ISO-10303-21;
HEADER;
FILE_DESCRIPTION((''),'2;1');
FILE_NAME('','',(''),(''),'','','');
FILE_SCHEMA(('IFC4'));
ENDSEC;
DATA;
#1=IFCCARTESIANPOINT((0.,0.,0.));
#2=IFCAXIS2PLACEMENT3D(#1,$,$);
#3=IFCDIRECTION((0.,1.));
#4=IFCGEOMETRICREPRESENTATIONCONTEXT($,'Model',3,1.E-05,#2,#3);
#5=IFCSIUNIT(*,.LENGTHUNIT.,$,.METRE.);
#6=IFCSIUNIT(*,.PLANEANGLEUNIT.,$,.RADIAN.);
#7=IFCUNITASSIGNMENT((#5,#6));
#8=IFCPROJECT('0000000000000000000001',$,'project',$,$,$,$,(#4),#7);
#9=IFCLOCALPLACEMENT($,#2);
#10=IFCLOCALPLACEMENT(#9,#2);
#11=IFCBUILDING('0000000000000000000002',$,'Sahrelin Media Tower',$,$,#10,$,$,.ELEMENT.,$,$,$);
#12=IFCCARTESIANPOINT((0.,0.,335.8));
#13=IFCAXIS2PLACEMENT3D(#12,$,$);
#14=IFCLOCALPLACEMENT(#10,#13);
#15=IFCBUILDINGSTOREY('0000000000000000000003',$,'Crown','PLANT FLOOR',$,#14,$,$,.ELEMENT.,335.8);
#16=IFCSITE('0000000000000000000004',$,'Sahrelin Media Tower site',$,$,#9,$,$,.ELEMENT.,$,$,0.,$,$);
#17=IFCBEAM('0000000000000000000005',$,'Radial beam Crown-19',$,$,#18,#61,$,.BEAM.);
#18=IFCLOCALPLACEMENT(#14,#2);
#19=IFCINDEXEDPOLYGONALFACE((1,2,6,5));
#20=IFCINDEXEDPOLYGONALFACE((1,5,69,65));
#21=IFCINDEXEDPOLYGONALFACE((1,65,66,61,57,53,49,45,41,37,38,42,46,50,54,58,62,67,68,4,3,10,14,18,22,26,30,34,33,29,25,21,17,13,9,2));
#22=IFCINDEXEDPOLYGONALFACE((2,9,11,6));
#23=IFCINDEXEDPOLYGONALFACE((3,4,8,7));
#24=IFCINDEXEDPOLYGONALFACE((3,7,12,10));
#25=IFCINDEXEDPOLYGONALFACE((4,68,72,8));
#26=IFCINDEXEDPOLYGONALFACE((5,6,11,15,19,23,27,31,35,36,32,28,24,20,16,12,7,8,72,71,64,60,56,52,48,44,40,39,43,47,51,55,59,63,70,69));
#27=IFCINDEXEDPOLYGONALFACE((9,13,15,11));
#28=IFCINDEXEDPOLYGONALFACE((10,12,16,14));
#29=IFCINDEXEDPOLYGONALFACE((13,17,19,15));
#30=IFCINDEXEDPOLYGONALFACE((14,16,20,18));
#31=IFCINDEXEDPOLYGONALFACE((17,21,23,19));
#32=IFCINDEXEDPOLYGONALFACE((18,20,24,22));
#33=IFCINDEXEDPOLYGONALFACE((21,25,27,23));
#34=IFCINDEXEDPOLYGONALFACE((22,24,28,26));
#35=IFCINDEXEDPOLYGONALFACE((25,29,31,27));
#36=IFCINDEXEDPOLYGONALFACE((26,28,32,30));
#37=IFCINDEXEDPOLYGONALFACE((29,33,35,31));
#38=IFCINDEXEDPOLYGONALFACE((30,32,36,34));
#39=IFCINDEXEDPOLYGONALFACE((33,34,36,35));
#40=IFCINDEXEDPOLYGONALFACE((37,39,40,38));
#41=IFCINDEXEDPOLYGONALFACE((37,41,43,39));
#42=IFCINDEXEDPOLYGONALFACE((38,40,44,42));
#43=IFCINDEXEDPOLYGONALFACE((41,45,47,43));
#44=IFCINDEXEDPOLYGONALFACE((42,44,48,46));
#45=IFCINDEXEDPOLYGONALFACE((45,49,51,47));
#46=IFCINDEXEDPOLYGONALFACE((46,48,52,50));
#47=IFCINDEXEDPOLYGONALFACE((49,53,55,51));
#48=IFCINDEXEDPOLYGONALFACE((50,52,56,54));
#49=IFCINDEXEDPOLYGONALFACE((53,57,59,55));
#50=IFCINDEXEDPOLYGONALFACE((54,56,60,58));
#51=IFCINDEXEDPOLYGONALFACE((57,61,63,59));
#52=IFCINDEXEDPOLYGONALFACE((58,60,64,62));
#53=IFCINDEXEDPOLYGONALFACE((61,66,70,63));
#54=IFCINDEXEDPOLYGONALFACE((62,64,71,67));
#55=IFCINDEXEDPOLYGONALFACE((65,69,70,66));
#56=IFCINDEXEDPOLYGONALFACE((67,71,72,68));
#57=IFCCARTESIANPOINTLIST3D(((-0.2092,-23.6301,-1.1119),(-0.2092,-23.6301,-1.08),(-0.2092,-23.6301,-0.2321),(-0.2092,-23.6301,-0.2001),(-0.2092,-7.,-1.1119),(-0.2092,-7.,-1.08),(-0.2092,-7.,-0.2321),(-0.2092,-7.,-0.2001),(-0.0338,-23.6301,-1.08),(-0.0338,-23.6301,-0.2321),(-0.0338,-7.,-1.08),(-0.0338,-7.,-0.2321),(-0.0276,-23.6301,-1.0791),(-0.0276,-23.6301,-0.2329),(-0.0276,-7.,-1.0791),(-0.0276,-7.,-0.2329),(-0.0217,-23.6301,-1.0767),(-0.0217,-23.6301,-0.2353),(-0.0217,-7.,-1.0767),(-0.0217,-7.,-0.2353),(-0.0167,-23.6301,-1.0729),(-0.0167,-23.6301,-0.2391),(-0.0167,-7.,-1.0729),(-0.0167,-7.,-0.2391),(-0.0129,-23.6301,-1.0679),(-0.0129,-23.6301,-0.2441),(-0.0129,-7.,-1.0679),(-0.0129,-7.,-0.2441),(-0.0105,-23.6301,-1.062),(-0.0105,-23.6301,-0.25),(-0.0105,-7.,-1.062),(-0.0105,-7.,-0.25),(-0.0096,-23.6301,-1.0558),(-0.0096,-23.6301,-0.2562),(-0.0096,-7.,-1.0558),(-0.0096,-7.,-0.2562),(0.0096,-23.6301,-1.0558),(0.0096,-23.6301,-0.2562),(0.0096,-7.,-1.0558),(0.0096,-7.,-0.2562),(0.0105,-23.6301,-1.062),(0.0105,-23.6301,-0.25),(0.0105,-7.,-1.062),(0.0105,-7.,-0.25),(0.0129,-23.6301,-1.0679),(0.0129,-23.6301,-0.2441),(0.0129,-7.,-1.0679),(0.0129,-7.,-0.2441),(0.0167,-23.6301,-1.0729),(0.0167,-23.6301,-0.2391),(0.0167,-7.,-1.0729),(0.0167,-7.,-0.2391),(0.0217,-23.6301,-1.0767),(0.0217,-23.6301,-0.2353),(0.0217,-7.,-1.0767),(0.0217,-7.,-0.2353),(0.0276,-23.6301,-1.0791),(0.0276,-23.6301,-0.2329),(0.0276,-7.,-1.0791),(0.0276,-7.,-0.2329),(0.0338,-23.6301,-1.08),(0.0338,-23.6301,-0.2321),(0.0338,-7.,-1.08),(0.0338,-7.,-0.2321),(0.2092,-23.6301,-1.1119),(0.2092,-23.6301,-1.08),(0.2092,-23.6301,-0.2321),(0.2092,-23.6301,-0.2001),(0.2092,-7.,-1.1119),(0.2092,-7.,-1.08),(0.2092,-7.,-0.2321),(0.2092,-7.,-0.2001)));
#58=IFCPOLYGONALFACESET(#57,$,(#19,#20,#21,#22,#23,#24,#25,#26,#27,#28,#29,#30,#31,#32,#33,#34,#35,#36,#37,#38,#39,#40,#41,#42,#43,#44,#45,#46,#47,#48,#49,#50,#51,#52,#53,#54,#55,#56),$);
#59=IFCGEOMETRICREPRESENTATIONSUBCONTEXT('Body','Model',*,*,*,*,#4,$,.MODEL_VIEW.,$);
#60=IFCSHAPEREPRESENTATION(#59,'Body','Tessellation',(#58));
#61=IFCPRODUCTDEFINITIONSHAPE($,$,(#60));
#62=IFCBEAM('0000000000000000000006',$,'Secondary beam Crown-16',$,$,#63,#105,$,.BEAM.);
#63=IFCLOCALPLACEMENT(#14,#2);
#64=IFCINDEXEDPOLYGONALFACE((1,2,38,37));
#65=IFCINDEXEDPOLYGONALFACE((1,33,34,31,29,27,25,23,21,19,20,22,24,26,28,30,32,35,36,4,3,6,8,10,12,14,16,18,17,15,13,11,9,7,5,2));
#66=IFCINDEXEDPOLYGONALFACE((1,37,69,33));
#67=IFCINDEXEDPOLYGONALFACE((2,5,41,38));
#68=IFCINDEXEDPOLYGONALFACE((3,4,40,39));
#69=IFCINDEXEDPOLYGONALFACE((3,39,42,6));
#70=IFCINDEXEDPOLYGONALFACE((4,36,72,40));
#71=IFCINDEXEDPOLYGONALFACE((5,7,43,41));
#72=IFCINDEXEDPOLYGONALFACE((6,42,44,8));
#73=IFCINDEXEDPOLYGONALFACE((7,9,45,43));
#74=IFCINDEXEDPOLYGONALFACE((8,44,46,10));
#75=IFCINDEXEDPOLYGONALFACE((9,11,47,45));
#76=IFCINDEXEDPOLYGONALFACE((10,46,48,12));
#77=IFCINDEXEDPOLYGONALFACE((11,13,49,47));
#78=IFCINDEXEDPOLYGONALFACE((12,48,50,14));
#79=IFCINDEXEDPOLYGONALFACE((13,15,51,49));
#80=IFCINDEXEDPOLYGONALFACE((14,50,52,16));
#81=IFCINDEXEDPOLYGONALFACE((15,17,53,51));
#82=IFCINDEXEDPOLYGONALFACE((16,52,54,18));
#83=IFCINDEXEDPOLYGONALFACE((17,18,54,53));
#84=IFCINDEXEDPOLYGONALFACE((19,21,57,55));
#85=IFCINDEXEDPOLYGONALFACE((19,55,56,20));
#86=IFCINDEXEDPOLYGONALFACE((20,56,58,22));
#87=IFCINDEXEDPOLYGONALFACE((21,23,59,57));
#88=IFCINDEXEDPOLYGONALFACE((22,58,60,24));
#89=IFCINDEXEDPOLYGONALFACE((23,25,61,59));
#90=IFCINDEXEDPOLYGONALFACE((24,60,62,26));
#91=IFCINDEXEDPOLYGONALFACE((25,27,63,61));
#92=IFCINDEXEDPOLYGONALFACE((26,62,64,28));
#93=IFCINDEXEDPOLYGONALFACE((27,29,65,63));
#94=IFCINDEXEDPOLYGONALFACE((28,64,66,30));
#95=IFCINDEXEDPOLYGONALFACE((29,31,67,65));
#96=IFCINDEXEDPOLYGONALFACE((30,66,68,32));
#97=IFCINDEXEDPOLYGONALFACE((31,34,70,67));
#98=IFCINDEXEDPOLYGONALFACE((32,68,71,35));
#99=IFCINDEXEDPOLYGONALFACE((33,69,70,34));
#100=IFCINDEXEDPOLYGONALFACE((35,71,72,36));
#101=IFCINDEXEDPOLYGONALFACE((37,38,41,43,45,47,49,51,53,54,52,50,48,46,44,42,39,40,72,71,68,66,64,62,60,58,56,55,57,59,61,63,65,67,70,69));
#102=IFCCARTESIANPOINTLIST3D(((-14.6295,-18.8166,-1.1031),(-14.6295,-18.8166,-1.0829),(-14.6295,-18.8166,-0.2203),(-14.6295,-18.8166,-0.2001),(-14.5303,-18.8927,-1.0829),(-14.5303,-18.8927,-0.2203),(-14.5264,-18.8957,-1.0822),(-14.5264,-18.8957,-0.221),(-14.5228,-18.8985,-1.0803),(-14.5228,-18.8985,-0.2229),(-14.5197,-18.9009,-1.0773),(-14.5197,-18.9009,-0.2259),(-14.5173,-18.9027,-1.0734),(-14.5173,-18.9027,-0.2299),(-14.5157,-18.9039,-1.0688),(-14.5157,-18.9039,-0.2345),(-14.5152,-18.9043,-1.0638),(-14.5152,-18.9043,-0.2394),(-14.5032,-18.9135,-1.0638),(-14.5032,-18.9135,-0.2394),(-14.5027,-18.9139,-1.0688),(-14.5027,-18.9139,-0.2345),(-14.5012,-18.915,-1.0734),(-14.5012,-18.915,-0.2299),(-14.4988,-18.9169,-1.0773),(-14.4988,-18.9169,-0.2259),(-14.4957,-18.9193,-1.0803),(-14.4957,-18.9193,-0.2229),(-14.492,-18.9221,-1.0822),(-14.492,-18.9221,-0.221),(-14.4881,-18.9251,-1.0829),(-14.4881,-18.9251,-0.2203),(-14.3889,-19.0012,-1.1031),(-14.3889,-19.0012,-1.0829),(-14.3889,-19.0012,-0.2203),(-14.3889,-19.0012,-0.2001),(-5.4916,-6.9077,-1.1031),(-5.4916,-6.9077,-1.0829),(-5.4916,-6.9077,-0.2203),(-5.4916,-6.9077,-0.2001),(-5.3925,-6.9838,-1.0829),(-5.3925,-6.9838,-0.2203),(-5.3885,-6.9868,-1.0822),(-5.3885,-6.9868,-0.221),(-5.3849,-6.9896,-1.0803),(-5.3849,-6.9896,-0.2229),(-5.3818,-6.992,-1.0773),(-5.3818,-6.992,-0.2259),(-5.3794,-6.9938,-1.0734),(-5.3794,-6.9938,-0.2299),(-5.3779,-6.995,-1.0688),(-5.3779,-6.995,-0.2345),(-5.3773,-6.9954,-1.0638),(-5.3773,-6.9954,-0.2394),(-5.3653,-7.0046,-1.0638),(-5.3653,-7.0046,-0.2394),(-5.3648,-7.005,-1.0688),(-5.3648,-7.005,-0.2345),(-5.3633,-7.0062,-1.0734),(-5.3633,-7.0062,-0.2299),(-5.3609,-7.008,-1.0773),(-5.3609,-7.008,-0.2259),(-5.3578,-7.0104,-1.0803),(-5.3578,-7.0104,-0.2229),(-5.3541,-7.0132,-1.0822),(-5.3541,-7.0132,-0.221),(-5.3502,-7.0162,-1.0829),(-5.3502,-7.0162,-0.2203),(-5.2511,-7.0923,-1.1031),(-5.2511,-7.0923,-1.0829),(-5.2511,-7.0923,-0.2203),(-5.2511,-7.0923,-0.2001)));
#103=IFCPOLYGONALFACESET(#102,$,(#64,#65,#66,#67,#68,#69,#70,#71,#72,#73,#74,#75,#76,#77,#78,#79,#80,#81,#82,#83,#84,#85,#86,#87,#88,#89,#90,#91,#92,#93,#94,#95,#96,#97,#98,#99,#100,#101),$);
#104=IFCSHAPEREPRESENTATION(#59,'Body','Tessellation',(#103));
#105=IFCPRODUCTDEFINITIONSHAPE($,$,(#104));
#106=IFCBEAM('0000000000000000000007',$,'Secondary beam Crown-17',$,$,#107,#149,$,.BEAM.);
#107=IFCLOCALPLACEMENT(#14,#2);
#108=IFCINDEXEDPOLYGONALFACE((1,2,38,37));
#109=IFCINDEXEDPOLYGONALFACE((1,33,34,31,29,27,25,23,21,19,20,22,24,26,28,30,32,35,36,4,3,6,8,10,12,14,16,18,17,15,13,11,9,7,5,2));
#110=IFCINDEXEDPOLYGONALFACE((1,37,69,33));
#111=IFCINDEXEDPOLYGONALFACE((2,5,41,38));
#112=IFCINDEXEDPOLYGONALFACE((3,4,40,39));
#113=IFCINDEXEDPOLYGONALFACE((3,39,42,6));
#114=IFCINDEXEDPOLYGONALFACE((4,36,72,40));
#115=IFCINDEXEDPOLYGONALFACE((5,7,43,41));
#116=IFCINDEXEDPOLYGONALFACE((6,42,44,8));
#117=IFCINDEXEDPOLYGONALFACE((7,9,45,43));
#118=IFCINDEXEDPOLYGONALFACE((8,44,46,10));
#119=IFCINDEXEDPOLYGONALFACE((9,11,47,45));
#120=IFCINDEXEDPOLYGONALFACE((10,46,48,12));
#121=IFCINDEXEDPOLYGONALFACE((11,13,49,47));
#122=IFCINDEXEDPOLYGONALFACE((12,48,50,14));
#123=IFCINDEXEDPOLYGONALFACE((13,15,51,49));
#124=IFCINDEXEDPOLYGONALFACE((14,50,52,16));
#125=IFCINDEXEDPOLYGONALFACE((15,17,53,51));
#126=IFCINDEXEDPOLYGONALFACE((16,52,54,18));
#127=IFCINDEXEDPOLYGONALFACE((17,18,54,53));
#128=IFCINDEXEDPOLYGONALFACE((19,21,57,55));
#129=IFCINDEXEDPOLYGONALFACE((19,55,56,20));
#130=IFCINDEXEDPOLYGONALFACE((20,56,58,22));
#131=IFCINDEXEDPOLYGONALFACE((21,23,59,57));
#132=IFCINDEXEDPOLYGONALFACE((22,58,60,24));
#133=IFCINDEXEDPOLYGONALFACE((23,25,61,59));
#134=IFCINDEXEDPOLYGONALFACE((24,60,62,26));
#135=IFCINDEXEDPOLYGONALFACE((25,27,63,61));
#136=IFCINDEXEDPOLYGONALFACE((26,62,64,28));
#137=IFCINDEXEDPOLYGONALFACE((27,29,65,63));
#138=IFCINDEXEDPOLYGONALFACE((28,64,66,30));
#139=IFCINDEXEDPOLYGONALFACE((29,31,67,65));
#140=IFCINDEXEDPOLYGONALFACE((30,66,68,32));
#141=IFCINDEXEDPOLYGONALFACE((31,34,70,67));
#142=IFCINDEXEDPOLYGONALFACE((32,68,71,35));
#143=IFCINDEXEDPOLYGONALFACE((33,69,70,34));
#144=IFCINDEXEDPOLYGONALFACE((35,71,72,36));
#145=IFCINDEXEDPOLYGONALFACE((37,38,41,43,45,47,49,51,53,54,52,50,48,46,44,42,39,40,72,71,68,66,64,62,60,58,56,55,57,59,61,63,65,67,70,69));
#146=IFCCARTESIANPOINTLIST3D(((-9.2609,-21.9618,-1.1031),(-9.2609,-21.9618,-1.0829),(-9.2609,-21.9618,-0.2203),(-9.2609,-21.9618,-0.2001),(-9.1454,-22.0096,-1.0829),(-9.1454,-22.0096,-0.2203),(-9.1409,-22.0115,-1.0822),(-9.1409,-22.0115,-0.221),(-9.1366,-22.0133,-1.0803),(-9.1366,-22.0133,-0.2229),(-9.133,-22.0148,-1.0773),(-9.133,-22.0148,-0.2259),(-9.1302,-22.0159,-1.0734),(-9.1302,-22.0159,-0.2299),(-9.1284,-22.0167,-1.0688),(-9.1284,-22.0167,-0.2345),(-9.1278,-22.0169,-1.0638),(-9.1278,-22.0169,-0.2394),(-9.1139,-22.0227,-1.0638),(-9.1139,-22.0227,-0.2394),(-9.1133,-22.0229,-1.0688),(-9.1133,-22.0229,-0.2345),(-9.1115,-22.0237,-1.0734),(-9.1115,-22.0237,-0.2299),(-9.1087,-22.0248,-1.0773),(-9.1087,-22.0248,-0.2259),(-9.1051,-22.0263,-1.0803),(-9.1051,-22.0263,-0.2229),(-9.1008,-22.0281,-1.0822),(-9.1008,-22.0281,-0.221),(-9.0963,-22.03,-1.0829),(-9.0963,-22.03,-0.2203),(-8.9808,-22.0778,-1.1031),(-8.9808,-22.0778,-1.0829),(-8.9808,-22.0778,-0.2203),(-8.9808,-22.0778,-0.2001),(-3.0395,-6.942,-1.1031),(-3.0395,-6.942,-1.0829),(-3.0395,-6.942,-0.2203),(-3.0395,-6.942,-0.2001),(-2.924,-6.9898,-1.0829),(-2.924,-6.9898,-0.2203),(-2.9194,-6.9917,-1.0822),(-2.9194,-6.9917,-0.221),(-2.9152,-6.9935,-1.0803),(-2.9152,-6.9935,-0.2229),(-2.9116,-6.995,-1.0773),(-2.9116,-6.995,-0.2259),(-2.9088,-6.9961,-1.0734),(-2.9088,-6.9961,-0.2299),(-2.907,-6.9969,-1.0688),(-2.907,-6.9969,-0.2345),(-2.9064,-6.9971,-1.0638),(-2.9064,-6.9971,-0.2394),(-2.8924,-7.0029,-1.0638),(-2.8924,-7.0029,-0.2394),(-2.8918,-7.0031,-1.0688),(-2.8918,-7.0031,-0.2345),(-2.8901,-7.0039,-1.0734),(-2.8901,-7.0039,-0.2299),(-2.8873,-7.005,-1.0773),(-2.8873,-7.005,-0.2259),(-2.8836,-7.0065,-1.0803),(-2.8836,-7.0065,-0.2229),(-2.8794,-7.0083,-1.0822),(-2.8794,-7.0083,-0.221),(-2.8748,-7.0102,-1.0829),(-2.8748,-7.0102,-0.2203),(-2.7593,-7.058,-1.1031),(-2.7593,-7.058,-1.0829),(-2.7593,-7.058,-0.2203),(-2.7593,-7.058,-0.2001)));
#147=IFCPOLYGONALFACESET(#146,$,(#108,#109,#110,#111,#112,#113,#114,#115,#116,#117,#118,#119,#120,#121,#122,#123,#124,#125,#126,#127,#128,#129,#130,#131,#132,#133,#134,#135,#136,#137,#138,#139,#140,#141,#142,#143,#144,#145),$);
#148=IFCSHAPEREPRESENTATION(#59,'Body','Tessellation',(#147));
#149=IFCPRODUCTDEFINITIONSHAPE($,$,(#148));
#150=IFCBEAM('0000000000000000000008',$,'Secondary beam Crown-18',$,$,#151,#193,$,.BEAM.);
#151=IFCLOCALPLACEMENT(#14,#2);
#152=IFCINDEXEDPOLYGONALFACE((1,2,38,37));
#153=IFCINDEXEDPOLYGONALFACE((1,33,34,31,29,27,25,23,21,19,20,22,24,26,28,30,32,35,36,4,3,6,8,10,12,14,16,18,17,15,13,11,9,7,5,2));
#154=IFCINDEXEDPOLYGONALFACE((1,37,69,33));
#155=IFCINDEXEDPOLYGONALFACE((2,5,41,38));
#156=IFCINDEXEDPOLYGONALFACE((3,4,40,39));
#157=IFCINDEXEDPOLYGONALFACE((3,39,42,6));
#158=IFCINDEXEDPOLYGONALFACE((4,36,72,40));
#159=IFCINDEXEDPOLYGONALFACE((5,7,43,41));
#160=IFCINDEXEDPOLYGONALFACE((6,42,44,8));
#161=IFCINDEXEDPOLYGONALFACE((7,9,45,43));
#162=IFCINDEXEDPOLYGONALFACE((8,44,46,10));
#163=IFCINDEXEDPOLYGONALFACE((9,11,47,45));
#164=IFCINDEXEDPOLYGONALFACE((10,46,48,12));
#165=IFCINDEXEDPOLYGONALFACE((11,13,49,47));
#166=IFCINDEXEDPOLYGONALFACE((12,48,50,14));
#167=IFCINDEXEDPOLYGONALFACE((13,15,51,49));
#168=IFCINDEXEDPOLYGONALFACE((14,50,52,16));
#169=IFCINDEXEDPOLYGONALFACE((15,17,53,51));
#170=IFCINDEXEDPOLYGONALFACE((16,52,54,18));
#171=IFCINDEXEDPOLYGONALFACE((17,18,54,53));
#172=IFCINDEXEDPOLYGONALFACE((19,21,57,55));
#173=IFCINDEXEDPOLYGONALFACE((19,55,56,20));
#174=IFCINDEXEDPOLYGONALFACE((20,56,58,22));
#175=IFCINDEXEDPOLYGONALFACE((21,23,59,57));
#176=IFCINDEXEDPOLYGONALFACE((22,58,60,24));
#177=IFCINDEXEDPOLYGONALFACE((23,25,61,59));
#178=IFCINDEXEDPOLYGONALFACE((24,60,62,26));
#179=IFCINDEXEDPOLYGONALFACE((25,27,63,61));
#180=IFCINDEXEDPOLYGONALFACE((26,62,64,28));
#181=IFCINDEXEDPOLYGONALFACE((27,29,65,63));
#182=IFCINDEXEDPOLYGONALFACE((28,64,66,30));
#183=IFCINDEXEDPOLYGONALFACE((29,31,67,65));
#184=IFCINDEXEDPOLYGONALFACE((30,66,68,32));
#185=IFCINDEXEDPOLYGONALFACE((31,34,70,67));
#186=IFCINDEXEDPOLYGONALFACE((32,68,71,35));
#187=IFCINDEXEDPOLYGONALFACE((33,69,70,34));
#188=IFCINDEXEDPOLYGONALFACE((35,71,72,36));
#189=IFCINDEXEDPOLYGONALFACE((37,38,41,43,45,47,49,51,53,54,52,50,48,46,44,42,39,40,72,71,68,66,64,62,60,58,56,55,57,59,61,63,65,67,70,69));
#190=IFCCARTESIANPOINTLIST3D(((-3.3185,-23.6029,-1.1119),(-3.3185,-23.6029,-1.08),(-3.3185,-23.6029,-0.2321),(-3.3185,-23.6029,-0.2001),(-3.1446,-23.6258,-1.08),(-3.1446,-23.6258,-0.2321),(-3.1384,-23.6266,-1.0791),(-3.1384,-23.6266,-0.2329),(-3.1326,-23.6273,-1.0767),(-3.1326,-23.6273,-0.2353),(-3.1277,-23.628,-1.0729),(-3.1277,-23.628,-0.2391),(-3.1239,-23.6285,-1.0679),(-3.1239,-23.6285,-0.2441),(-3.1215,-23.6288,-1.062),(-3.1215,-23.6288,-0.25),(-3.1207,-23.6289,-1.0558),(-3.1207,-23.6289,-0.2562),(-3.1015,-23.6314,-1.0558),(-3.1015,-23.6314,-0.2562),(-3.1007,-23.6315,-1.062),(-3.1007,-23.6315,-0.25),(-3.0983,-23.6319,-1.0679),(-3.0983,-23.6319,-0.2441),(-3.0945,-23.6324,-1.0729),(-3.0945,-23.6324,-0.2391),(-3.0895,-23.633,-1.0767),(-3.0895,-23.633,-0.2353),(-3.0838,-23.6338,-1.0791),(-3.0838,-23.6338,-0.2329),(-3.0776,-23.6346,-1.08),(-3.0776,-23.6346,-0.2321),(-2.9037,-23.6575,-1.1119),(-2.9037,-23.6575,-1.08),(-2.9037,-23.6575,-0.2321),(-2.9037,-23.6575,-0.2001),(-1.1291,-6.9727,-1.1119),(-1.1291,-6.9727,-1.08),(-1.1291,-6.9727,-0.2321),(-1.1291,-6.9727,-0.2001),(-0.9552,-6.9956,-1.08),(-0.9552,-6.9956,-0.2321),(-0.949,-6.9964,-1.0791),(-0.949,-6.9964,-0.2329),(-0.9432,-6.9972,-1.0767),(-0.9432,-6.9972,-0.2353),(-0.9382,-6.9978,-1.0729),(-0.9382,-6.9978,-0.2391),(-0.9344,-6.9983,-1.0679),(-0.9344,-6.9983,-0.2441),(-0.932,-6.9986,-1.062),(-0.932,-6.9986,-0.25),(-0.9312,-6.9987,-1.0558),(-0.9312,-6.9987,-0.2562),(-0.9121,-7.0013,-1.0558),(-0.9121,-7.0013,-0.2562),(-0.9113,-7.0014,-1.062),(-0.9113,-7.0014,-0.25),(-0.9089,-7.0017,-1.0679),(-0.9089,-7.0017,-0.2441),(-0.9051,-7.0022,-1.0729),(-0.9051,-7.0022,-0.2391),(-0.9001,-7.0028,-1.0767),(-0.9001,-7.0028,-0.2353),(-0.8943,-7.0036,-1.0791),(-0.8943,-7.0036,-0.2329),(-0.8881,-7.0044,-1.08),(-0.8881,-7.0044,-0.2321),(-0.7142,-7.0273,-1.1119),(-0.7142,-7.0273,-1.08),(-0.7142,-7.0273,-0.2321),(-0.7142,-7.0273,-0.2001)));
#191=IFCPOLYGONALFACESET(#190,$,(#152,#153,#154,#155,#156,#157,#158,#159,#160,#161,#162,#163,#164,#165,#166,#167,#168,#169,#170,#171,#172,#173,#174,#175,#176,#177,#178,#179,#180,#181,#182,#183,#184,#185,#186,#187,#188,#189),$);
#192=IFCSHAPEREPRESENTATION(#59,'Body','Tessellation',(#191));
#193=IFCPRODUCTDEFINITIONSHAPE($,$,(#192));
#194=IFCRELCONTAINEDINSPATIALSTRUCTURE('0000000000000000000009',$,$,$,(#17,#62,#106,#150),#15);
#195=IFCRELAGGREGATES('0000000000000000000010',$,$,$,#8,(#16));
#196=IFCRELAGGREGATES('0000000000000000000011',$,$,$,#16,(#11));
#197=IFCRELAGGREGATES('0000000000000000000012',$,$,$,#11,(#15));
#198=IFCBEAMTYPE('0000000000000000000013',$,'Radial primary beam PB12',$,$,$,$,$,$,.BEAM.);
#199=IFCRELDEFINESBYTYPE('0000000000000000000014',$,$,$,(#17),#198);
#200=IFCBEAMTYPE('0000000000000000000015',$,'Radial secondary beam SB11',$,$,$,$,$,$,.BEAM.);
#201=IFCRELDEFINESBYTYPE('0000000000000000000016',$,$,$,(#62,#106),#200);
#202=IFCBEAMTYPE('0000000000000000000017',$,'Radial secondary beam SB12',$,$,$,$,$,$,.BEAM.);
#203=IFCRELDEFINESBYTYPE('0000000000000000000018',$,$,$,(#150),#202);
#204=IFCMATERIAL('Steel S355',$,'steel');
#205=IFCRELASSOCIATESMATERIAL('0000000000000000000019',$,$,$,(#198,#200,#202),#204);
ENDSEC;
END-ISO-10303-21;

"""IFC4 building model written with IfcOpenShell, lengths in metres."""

from ifc_helpers import new_model, si_unit, direction, frame, origin, origin_2d, place, context, subcontext, project, spatial, i_section, extrude, material, material_profile, profile_set, type_object, element, save


model = new_model("IFC4")

# Units and contexts
model_context = context("Model", 3, precision=1e-05, world=origin(), true_north=direction((0.0, 1.0)))
body_context = subcontext(model_context, "Body", "Model", "MODEL_VIEW")
ifc_project = project(units=[si_unit("LENGTHUNIT", "METRE"), si_unit("PLANEANGLEUNIT", "RADIAN")], contexts=[model_context])

# Site, building, storey
site_placement = place(None, origin())
site = spatial("IfcSite", under=ifc_project, at=site_placement, Name="Sahrelin Media Tower site", CompositionType="ELEMENT", RefElevation=0.0)
building_placement = place(site_placement, origin())
building = spatial("IfcBuilding", under=site, at=building_placement, Name="Sahrelin Media Tower", CompositionType="ELEMENT")
storey_placement = place(building_placement, frame((0.0, 0.0, 335.8)))
storey = spatial("IfcBuildingStorey", under=building, at=storey_placement, Name="Crown", Description="PLANT FLOOR", CompositionType="ELEMENT", Elevation=335.8)

# Beams
ifc_material_1 = material(Name="Steel S355", Category="steel")
ifc_material_profile_1 = material_profile(ifc_material_1, i_section(OverallWidth=0.4185, OverallDepth=0.9119, WebThickness=0.0193, FlangeThickness=0.032, FilletRadius=0.0242, at=origin_2d()), Name="UB 914x419x343")
ifc_profile_set_1 = profile_set([ifc_material_profile_1], Name="Steel S355")
beam_type_1 = type_object("IfcBeamType", Name="Radial primary beam PB12", PredefinedType="BEAM", material=ifc_profile_set_1)
beam_1_placement = place(storey_placement, frame((0.0, -7.0, -0.656), z_axis=(0.0, -1.0, 0.0), x_axis=(1.0, 0.0, 0.0)))
element("IfcBeam", 1, at=beam_1_placement, inside=storey, type_object=beam_type_1, Name="Radial beam Crown-19", PredefinedType="BEAM", context=body_context, shape_type="SweptSolid", body=[
    extrude(i_section(OverallWidth=0.4185, OverallDepth=0.9119, WebThickness=0.0193, FlangeThickness=0.032, FilletRadius=0.0242, at=origin_2d()), origin(), (0.0, 0.0, 1.0), 16.6301),
])
ifc_material_profile_2 = material_profile(ifc_material_1, i_section(OverallWidth=0.3032, OverallDepth=0.9031, WebThickness=0.0151, FlangeThickness=0.0203, FilletRadius=0.019, at=origin_2d()), Name="UB 914x305x201")
ifc_profile_set_2 = profile_set([ifc_material_profile_2], Name="Steel S355")
beam_type_2 = type_object("IfcBeamType", Name="Radial secondary beam SB11", PredefinedType="BEAM", material=ifc_profile_set_2)
beam_2_placement = place(storey_placement, frame((-5.3713, -7.0, -0.6516), z_axis=(-0.608757, -0.793357, 0.0), x_axis=(0.793357, -0.608757, 0.0)))
element("IfcBeam", 2, at=beam_2_placement, inside=storey, type_object=beam_type_2, Name="Secondary beam Crown-16", PredefinedType="BEAM", context=body_context, shape_type="SweptSolid", body=[
    extrude(i_section(OverallWidth=0.3032, OverallDepth=0.9031, WebThickness=0.0151, FlangeThickness=0.0203, FilletRadius=0.019, at=origin_2d()), origin(), (0.0, 0.0, 1.0), 15.0107),
])
beam_3_placement = place(storey_placement, frame((-2.8994, -7.0, -0.6516), z_axis=(-0.382686, -0.923879, 0.0), x_axis=(0.923879, -0.382686, 0.0)))
element("IfcBeam", 3, at=beam_3_placement, inside=storey, type_object=beam_type_2, Name="Secondary beam Crown-17", PredefinedType="BEAM", context=body_context, shape_type="SweptSolid", body=[
    extrude(i_section(OverallWidth=0.3032, OverallDepth=0.9031, WebThickness=0.0151, FlangeThickness=0.0203, FilletRadius=0.019, at=origin_2d()), origin(), (0.0, 0.0, 1.0), 16.2573),
])
ifc_material_profile_3 = material_profile(ifc_material_1, i_section(OverallWidth=0.4185, OverallDepth=0.9119, WebThickness=0.0193, FlangeThickness=0.032, FilletRadius=0.0242, at=origin_2d()), Name="UB 914x419x343")
ifc_profile_set_3 = profile_set([ifc_material_profile_3], Name="Steel S355")
beam_type_3 = type_object("IfcBeamType", Name="Radial secondary beam SB12", PredefinedType="BEAM", material=ifc_profile_set_3)
beam_4_placement = place(storey_placement, frame((-0.9216, -7.0, -0.656), z_axis=(-0.130529, -0.991444, 0.0), x_axis=(0.991444, -0.130529, 0.0)))
element("IfcBeam", 4, at=beam_4_placement, inside=storey, type_object=beam_type_3, Name="Secondary beam Crown-18", PredefinedType="BEAM", context=body_context, shape_type="SweptSolid", body=[
    extrude(i_section(OverallWidth=0.4185, OverallDepth=0.9119, WebThickness=0.0193, FlangeThickness=0.032, FilletRadius=0.0242, at=origin_2d()), origin(), (0.0, 0.0, 1.0), 16.7737),
])

save(model, "model.ifc")
